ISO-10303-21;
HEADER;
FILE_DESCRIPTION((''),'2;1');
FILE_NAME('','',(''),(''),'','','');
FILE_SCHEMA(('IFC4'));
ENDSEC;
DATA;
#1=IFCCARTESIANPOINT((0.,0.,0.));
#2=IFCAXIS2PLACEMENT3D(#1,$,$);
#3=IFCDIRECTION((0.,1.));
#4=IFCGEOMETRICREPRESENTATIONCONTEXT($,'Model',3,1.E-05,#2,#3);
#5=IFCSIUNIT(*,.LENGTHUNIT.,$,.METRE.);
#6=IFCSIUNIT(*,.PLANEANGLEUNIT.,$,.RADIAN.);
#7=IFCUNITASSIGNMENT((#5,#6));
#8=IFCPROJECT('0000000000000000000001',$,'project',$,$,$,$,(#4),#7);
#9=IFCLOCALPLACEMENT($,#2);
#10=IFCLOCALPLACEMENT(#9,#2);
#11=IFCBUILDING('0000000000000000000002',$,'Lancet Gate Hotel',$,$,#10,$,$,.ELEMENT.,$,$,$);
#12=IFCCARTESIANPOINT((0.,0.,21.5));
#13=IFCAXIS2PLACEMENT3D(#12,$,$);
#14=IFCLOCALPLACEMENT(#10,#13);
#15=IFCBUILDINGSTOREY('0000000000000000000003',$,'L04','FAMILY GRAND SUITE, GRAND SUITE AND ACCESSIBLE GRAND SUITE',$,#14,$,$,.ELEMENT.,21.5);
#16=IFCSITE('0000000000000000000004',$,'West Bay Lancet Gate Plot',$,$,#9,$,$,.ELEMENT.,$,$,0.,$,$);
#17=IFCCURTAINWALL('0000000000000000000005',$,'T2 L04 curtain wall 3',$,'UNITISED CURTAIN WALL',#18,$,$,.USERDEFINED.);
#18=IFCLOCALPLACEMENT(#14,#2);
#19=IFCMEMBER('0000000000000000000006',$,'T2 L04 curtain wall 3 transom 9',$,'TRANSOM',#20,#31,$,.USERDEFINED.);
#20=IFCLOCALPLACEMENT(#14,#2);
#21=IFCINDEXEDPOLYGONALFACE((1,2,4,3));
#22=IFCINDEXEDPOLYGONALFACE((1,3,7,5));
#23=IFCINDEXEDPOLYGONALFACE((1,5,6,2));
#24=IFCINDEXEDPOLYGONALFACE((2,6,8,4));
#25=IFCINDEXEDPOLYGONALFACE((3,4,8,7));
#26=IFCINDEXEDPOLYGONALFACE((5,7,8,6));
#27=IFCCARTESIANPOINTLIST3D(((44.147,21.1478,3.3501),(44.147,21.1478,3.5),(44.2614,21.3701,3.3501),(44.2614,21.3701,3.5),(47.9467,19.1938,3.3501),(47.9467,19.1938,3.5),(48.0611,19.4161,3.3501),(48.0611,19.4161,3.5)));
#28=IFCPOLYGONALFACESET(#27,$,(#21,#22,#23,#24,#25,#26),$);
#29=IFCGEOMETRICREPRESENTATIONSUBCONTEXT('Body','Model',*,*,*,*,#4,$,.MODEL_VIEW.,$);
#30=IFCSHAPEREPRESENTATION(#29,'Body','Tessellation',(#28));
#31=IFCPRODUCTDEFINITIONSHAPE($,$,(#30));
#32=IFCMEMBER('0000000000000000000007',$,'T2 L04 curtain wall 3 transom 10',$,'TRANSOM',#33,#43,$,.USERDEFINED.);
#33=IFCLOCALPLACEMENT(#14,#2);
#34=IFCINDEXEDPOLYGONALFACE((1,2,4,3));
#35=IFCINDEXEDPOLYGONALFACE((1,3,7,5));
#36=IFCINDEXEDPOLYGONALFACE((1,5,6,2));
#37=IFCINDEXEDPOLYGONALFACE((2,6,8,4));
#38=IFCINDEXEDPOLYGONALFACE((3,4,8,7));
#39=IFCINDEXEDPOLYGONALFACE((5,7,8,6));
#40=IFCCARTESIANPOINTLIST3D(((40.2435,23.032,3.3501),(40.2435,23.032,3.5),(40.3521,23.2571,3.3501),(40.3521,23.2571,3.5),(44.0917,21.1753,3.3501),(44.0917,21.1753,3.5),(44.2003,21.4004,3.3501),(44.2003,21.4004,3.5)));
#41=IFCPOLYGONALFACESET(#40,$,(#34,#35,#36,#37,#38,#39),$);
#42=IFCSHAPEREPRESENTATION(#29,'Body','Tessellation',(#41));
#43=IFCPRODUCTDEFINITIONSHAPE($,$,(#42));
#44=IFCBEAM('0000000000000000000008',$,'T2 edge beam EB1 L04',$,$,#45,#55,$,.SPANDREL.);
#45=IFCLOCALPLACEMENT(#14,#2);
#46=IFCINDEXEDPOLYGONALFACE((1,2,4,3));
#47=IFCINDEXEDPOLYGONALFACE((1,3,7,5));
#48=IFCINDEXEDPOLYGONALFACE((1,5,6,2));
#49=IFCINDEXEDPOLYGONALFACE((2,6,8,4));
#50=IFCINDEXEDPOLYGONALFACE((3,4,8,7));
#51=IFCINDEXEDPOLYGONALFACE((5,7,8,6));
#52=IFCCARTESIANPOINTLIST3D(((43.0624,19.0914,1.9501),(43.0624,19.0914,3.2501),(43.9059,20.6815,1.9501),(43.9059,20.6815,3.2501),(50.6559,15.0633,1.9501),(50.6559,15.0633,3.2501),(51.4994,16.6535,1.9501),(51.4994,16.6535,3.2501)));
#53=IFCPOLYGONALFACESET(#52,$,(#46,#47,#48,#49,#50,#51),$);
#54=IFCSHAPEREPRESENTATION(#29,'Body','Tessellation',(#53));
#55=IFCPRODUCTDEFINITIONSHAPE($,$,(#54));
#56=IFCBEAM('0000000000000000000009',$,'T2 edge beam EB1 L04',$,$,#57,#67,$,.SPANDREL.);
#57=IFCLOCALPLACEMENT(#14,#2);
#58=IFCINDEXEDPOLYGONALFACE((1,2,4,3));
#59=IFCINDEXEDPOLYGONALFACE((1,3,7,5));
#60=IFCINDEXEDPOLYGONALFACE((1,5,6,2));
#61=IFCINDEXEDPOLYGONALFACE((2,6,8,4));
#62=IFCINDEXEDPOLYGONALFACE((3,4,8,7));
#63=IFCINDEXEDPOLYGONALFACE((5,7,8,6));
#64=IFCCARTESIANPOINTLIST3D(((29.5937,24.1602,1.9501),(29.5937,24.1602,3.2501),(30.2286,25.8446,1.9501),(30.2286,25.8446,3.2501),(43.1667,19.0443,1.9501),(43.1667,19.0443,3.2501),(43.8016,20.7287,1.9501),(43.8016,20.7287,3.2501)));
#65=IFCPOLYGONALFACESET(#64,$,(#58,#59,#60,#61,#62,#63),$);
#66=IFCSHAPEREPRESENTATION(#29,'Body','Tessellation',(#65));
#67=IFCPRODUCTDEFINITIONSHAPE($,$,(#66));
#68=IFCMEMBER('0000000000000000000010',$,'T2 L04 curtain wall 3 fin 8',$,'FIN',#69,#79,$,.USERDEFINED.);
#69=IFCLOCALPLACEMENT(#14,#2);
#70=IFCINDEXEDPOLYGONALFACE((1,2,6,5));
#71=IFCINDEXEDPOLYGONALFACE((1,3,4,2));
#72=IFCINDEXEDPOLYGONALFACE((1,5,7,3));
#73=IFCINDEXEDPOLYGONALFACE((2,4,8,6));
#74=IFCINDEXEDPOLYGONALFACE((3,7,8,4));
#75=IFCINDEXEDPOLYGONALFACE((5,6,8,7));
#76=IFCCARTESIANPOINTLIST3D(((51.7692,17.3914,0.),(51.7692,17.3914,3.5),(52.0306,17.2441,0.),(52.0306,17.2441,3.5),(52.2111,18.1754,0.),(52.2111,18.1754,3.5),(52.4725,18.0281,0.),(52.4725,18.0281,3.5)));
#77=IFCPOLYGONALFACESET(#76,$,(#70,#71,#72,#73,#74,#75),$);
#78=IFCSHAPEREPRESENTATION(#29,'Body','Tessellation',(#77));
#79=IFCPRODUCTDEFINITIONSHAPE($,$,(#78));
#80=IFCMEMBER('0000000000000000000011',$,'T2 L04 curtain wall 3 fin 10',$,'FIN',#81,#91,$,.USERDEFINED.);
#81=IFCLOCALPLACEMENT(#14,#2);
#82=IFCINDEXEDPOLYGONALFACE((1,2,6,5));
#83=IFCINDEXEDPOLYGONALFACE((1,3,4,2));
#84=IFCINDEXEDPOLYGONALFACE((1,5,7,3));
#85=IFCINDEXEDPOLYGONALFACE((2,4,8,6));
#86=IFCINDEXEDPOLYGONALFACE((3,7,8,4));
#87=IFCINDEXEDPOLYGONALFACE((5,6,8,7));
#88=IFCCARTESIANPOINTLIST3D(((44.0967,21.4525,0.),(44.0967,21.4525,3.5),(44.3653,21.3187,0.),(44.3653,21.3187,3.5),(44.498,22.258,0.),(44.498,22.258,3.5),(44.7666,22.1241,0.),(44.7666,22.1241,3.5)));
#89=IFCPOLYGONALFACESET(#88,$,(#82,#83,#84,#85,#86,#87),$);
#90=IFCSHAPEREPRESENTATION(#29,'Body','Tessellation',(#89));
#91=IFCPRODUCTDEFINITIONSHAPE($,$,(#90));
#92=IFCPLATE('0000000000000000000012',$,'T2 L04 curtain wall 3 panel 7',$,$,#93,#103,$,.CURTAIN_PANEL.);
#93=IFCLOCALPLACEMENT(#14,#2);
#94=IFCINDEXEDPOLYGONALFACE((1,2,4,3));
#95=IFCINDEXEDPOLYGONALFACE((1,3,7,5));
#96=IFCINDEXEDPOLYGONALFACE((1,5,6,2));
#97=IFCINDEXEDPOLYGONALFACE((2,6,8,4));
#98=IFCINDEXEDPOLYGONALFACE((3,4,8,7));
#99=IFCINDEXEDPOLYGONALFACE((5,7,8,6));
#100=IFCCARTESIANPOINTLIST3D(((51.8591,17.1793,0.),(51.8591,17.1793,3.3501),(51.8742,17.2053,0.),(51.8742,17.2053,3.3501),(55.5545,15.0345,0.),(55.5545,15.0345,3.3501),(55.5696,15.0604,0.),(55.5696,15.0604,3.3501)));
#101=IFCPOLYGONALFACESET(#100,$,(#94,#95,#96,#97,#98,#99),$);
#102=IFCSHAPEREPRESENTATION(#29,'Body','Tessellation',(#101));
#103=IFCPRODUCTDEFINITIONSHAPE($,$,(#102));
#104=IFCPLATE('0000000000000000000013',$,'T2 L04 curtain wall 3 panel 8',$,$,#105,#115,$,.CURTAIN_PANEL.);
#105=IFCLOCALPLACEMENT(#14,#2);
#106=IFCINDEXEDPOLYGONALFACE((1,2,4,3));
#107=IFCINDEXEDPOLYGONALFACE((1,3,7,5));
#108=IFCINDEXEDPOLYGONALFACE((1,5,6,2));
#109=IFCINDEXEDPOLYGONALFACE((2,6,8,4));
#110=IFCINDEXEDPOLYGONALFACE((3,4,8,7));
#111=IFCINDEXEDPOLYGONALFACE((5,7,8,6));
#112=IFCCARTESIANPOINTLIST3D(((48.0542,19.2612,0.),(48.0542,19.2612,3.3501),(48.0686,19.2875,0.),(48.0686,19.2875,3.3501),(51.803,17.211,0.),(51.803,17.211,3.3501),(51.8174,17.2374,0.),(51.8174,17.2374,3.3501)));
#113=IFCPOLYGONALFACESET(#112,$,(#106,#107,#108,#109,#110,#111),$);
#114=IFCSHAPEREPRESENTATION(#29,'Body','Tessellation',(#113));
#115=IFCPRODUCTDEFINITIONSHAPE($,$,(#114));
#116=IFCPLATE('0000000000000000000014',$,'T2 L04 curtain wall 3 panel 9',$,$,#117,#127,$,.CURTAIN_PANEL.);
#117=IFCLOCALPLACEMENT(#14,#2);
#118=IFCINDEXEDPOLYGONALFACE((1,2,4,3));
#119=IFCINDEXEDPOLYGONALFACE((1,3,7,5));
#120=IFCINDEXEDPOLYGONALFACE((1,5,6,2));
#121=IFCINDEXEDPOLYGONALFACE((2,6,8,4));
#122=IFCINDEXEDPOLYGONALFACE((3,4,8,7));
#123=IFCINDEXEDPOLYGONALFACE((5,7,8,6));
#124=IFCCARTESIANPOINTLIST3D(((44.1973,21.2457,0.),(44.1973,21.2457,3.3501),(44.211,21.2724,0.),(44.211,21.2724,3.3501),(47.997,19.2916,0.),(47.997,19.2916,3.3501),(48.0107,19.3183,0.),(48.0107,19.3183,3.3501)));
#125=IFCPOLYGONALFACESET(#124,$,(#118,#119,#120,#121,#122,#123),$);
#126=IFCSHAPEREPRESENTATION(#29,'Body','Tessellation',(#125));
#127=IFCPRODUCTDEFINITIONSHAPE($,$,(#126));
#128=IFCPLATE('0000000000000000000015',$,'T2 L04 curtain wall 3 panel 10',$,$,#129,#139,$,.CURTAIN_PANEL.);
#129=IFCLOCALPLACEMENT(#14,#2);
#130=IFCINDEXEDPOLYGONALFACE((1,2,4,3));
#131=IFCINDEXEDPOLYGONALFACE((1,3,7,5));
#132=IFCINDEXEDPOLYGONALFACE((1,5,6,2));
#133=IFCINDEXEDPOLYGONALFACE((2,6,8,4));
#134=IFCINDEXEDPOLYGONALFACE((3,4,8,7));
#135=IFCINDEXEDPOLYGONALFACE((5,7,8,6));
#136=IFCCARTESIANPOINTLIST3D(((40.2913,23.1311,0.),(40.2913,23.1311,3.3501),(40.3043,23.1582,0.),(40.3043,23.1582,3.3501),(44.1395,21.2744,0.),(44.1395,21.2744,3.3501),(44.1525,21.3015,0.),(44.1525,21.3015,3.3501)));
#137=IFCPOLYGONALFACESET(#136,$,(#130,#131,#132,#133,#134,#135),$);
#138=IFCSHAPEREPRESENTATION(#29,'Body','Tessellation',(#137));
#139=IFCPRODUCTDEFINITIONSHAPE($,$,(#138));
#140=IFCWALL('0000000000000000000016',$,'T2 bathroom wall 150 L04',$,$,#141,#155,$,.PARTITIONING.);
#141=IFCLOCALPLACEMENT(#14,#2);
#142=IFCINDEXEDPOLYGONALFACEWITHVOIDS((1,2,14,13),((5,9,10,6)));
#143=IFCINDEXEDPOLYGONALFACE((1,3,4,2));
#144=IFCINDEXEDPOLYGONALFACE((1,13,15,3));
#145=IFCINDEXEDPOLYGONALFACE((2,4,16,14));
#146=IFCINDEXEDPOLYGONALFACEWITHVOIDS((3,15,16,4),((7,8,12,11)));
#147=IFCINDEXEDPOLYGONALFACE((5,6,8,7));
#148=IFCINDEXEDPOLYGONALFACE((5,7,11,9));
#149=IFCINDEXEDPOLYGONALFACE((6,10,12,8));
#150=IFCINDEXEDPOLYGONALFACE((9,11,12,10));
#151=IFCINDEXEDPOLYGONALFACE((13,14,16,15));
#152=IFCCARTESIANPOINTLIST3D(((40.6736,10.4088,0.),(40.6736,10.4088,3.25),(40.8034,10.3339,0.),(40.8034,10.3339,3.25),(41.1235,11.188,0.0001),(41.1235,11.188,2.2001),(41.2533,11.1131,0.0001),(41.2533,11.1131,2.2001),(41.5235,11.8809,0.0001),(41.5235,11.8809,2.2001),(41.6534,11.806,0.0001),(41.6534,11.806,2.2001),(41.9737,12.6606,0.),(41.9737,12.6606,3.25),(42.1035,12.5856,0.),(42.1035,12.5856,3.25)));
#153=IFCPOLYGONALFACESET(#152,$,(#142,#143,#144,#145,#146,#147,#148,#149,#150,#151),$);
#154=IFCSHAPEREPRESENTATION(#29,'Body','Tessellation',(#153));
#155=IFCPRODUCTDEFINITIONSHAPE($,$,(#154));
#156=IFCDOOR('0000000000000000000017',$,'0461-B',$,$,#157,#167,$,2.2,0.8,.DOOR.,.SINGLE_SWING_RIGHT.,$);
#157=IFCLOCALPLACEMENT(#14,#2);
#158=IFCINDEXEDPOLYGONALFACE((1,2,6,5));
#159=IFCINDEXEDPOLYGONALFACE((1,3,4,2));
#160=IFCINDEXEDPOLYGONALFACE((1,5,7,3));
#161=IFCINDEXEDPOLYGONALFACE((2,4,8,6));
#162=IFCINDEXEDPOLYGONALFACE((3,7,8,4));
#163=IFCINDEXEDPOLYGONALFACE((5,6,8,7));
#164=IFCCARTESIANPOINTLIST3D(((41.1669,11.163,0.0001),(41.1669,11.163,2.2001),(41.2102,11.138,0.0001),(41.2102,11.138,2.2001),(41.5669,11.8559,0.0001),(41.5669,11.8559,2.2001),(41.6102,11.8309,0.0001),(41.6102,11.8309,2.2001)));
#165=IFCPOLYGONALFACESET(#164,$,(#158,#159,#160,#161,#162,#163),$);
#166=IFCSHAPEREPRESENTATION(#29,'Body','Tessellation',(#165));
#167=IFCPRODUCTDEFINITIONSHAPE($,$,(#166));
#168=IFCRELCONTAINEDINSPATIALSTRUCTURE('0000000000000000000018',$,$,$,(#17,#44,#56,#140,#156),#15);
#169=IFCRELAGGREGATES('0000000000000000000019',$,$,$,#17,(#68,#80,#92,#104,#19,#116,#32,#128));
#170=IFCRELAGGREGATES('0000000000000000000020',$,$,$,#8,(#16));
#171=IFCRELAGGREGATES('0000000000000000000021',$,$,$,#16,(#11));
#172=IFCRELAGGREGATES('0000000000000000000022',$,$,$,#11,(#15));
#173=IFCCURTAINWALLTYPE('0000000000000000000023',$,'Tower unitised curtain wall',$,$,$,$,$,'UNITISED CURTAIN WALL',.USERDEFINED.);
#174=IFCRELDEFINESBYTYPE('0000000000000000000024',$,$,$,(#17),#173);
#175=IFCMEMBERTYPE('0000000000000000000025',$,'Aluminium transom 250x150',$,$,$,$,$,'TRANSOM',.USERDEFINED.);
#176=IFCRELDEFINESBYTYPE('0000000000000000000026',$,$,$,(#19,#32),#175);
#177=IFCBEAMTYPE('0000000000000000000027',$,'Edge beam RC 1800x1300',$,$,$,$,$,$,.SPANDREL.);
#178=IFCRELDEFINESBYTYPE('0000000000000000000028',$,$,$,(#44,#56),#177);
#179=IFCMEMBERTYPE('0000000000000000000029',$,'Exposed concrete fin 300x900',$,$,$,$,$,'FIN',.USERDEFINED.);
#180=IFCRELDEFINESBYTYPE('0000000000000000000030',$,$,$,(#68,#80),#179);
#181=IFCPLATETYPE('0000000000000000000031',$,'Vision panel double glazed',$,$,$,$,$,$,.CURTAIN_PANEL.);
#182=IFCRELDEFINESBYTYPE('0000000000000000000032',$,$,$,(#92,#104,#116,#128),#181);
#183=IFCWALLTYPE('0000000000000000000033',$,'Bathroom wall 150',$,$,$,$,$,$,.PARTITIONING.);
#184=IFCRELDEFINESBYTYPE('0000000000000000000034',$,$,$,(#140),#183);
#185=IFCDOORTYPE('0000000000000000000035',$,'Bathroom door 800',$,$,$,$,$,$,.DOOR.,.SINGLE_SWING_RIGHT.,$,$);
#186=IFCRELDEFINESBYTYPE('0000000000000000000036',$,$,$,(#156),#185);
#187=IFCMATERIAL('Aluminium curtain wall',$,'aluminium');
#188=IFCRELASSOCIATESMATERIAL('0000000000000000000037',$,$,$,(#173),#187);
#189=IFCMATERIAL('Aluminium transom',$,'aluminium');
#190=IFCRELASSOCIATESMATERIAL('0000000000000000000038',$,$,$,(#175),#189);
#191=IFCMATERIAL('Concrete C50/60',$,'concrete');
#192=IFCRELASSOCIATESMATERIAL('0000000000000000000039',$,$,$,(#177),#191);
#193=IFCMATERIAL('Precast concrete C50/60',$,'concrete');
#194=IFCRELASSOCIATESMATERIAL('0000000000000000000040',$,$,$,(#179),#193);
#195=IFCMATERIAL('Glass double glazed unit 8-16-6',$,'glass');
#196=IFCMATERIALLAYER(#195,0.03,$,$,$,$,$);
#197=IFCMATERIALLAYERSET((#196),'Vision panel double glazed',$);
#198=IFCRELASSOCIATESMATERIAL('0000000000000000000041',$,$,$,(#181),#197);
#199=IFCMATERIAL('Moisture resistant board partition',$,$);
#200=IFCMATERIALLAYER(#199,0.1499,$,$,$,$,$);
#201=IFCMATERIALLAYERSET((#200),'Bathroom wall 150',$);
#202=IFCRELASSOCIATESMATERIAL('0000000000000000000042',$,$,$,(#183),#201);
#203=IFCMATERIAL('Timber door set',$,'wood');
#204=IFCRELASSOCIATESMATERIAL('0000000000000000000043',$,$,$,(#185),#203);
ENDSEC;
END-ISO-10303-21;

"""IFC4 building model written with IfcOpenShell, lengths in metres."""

from ifc_helpers import new_model, si_unit, direction, frame, frame_2d, origin, origin_2d, place, context, subcontext, project, spatial, rectangle, extrude, material, layer, layer_set, material_profile, profile_set, type_object, element, fill, aggregate, save


model = new_model("IFC4")

# Units and contexts
model_context = context("Model", 3, precision=1e-05, world=origin(), true_north=direction((0.0, 1.0)))
body_context = subcontext(model_context, "Body", "Model", "MODEL_VIEW")
ifc_project = project(units=[si_unit("LENGTHUNIT", "METRE"), si_unit("PLANEANGLEUNIT", "RADIAN")], contexts=[model_context])

# Site, building, storey
site_placement = place(None, origin())
site = spatial("IfcSite", under=ifc_project, at=site_placement, Name="West Bay Lancet Gate Plot", CompositionType="ELEMENT", RefElevation=0.0)
building_placement = place(site_placement, origin())
building = spatial("IfcBuilding", under=site, at=building_placement, Name="Lancet Gate Hotel", CompositionType="ELEMENT")
storey_placement = place(building_placement, frame((0.0, 0.0, 21.5)))
storey = spatial("IfcBuildingStorey", under=building, at=storey_placement, Name="L04", Description="FAMILY GRAND SUITE, GRAND SUITE AND ACCESSIBLE GRAND SUITE", CompositionType="ELEMENT", Elevation=21.5)

# Curtain wall, members
ifc_material_1 = material(Name="Aluminium curtain wall", Category="aluminium")
curtain_wall_type = type_object("IfcCurtainWallType", Name="Tower unitised curtain wall", ElementType="UNITISED CURTAIN WALL", PredefinedType="USERDEFINED", material=ifc_material_1)
curtain_wall_placement = place(storey_placement, origin())
curtain_wall = element("IfcCurtainWall", 1, at=curtain_wall_placement, inside=storey, type_object=curtain_wall_type, Name="T2 L04 curtain wall 3", ObjectType="UNITISED CURTAIN WALL", PredefinedType="USERDEFINED")
ifc_material_2 = material(Name="Aluminium transom", Category="aluminium")
ifc_material_profile_1 = material_profile(ifc_material_2, rectangle(XDim=0.25, YDim=0.1499, at=origin_2d()), Name="TRANSOM 250x150")
ifc_profile_set_1 = profile_set([ifc_material_profile_1], Name="Aluminium transom")
member_type_1 = type_object("IfcMemberType", Name="Aluminium transom 250x150", ElementType="TRANSOM", PredefinedType="USERDEFINED", material=ifc_profile_set_1)
member_1_placement = place(storey_placement, frame((48.0039, 19.3049, 3.425), z_axis=(-0.889296, 0.457333, 0.0), x_axis=(-0.457333, -0.889296, 0.0)))
member_1 = element("IfcMember", 2, at=member_1_placement, type_object=member_type_1, Name="T2 L04 curtain wall 3 transom 9", ObjectType="TRANSOM", PredefinedType="USERDEFINED", context=body_context, shape_type="SweptSolid", body=[
    extrude(rectangle(XDim=0.25, YDim=0.1499, at=origin_2d()), origin(), (0.0, 0.0, 1.0), 4.2727),
])
member_2_placement = place(storey_placement, frame((44.146, 21.2878, 3.425), z_axis=(-0.900646, 0.434553, 0.0), x_axis=(-0.434553, -0.900646, 0.0)))
member_2 = element("IfcMember", 3, at=member_2_placement, type_object=member_type_1, Name="T2 L04 curtain wall 3 transom 10", ObjectType="TRANSOM", PredefinedType="USERDEFINED", context=body_context, shape_type="SweptSolid", body=[
    extrude(rectangle(XDim=0.25, YDim=0.1499, at=origin_2d()), origin(), (0.0, 0.0, 1.0), 4.2727),
])

# Beams
ifc_material_3 = material(Name="Concrete C50/60", Category="concrete")
ifc_material_profile_2 = material_profile(ifc_material_3, rectangle(XDim=1.8, YDim=1.3, at=origin_2d()), Name="RC 1800x1300")
ifc_profile_set_2 = profile_set([ifc_material_profile_2], Name="Concrete C50/60")
beam_type = type_object("IfcBeamType", Name="Edge beam RC 1800x1300", PredefinedType="SPANDREL", material=ifc_profile_set_2)
beam_1_placement = place(storey_placement, frame((51.0776, 15.8584, 2.6001), z_axis=(-0.883403, 0.468613, 0.0), x_axis=(-0.468613, -0.883403, 0.0)))
element("IfcBeam", 4, at=beam_1_placement, inside=storey, type_object=beam_type, Name="T2 edge beam EB1 L04", PredefinedType="SPANDREL", context=body_context, shape_type="SweptSolid", body=[
    extrude(rectangle(XDim=1.8, YDim=1.3, at=origin_2d()), origin(), (0.0, 0.0, 1.0), 8.5957),
])
beam_2_placement = place(storey_placement, frame((43.4841, 19.8865, 2.6001), z_axis=(-0.935736, 0.3527, 0.0), x_axis=(-0.3527, -0.935736, 0.0)))
element("IfcBeam", 5, at=beam_2_placement, inside=storey, type_object=beam_type, Name="T2 edge beam EB1 L04", PredefinedType="SPANDREL", context=body_context, shape_type="SweptSolid", body=[
    extrude(rectangle(XDim=1.8, YDim=1.3, at=origin_2d()), origin(), (0.0, 0.0, 1.0), 14.5051),
])

# Members
ifc_material_4 = material(Name="Precast concrete C50/60", Category="concrete")
ifc_material_profile_3 = material_profile(ifc_material_4, rectangle(XDim=0.3, YDim=0.8999, at=origin_2d()), Name="FIN 300x900")
ifc_profile_set_3 = profile_set([ifc_material_profile_3], Name="Precast concrete C50/60")
member_type_2 = type_object("IfcMemberType", Name="Exposed concrete fin 300x900", ElementType="FIN", PredefinedType="USERDEFINED", material=ifc_profile_set_3)
member_3_placement = place(storey_placement, frame((52.1208, 17.7097, 0.0), z_axis=(0.0, 0.0, 1.0), x_axis=(-0.87119, 0.490945, 0.0)))
member_3 = element("IfcMember", 6, at=member_3_placement, type_object=member_type_2, Name="T2 L04 curtain wall 3 fin 8", ObjectType="FIN", PredefinedType="USERDEFINED", context=body_context, shape_type="SweptSolid", body=[
    extrude(rectangle(XDim=0.3, YDim=0.8999, at=origin_2d()), origin(), (0.0, 0.0, 1.0), 3.5),
])
member_4_placement = place(storey_placement, frame((44.4316, 21.7883, 0.0), z_axis=(0.0, 0.0, 1.0), x_axis=(-0.895044, 0.445978, 0.0)))
member_4 = element("IfcMember", 7, at=member_4_placement, type_object=member_type_2, Name="T2 L04 curtain wall 3 fin 10", ObjectType="FIN", PredefinedType="USERDEFINED", context=body_context, shape_type="SweptSolid", body=[
    extrude(rectangle(XDim=0.3, YDim=0.8999, at=origin_2d()), origin(), (0.0, 0.0, 1.0), 3.5),
])

# Plates
ifc_material_5 = material(Name="Glass double glazed unit 8-16-6", Category="glass")
ifc_layer_1 = layer(ifc_material_5, 0.03)
ifc_layer_set_1 = layer_set([ifc_layer_1], Name="Vision panel double glazed")
plate_type = type_object("IfcPlateType", Name="Vision panel double glazed", PredefinedType="CURTAIN_PANEL", material=ifc_layer_set_1)
plate_1_placement = place(storey_placement, frame((53.7144, 16.1199, 0.0), z_axis=(0.0, 0.0, 1.0), x_axis=(-0.864872, 0.501993, 0.0)))
plate_1 = element("IfcPlate", 8, at=plate_1_placement, type_object=plate_type, Name="T2 L04 curtain wall 3 panel 7", PredefinedType="CURTAIN_PANEL", context=body_context, shape_type="SweptSolid", body=[
    extrude(rectangle(XDim=4.2727, YDim=0.03, at=origin_2d()), origin(), (0.0, 0.0, 1.0), 3.3501),
])
plate_2_placement = place(storey_placement, frame((49.9358, 18.2493, 0.0), z_axis=(0.0, 0.0, 1.0), x_axis=(-0.877368, 0.479818, 0.0)))
plate_2 = element("IfcPlate", 9, at=plate_2_placement, type_object=plate_type, Name="T2 L04 curtain wall 3 panel 8", PredefinedType="CURTAIN_PANEL", context=body_context, shape_type="SweptSolid", body=[
    extrude(rectangle(XDim=4.2727, YDim=0.03, at=origin_2d()), origin(), (0.0, 0.0, 1.0), 3.3501),
])
plate_3_placement = place(storey_placement, frame((46.104, 20.282, 0.0), z_axis=(0.0, 0.0, 1.0), x_axis=(-0.889296, 0.457332, 0.0)))
plate_3 = element("IfcPlate", 10, at=plate_3_placement, type_object=plate_type, Name="T2 L04 curtain wall 3 panel 9", PredefinedType="CURTAIN_PANEL", context=body_context, shape_type="SweptSolid", body=[
    extrude(rectangle(XDim=4.2727, YDim=0.03, at=origin_2d()), origin(), (0.0, 0.0, 1.0), 3.3501),
])
plate_4_placement = place(storey_placement, frame((42.2219, 22.2163, 0.0), z_axis=(0.0, 0.0, 1.0), x_axis=(-0.900647, 0.43455, 0.0)))
plate_4 = element("IfcPlate", 11, at=plate_4_placement, type_object=plate_type, Name="T2 L04 curtain wall 3 panel 10", PredefinedType="CURTAIN_PANEL", context=body_context, shape_type="SweptSolid", body=[
    extrude(rectangle(XDim=4.2727, YDim=0.03, at=origin_2d()), origin(), (0.0, 0.0, 1.0), 3.3501),
])
aggregate(curtain_wall, [member_3, member_4, plate_1, plate_2, member_1, plate_3, member_2, plate_4])

# Wall, opening, door
ifc_material_6 = material(Name="Moisture resistant board partition")
ifc_layer_2 = layer(ifc_material_6, 0.1499)
ifc_layer_set_2 = layer_set([ifc_layer_2], Name="Bathroom wall 150")
wall_type = type_object("IfcWallType", Name="Bathroom wall 150", PredefinedType="PARTITIONING", material=ifc_layer_set_2)
wall_placement = place(storey_placement, frame((40.7385, 10.3713, 0.0), z_axis=(0.0, 0.0, 1.0), x_axis=(0.500007, 0.866021, 0.0)))
wall = element("IfcWall", 12, at=wall_placement, inside=storey, type_object=wall_type, Name="T2 bathroom wall 150 L04", PredefinedType="PARTITIONING", context=body_context, shape_type="SweptSolid", body=[
    extrude(rectangle(XDim=2.6001, YDim=0.1499, at=frame_2d((1.3, 0.0))), origin(), (0.0, 0.0, 1.0), 3.25),
])
opening_placement = place(wall_placement, frame((0.8999, 0.0, 0.0)))
opening = element("IfcOpeningElement", 13, at=opening_placement, cuts=wall, PredefinedType="OPENING", context=body_context, shape_type="SweptSolid", body=[
    extrude(rectangle(XDim=0.8, YDim=2.2, at=frame_2d((0.3999, 1.1001))), frame((0.0, 0.085, 0.0), z_axis=(0.0, -1.0, 0.0), x_axis=(1.0, 0.0, 0.0)), (0.0, 0.0, 1.0), 0.1699),
])
ifc_material_7 = material(Name="Timber door set", Category="wood")
door_type = type_object("IfcDoorType", Name="Bathroom door 800", OperationType="SINGLE_SWING_RIGHT", PredefinedType="DOOR", material=ifc_material_7)
door_placement = place(opening_placement, origin())
door = element("IfcDoor", 14, at=door_placement, inside=storey, type_object=door_type, Name="0461-B", OperationType="SINGLE_SWING_RIGHT", OverallHeight=2.2, OverallWidth=0.8, PredefinedType="DOOR", context=body_context, shape_type="SweptSolid", body=[
    extrude(rectangle(XDim=0.8, YDim=2.2, at=frame_2d((0.3999, 1.1001))), frame((0.0, 0.0249, 0.0), z_axis=(0.0, -1.0, 0.0), x_axis=(1.0, 0.0, 0.0)), (0.0, 0.0, 1.0), 0.05),
])
fill(opening, door)

save(model, "model.ifc")
